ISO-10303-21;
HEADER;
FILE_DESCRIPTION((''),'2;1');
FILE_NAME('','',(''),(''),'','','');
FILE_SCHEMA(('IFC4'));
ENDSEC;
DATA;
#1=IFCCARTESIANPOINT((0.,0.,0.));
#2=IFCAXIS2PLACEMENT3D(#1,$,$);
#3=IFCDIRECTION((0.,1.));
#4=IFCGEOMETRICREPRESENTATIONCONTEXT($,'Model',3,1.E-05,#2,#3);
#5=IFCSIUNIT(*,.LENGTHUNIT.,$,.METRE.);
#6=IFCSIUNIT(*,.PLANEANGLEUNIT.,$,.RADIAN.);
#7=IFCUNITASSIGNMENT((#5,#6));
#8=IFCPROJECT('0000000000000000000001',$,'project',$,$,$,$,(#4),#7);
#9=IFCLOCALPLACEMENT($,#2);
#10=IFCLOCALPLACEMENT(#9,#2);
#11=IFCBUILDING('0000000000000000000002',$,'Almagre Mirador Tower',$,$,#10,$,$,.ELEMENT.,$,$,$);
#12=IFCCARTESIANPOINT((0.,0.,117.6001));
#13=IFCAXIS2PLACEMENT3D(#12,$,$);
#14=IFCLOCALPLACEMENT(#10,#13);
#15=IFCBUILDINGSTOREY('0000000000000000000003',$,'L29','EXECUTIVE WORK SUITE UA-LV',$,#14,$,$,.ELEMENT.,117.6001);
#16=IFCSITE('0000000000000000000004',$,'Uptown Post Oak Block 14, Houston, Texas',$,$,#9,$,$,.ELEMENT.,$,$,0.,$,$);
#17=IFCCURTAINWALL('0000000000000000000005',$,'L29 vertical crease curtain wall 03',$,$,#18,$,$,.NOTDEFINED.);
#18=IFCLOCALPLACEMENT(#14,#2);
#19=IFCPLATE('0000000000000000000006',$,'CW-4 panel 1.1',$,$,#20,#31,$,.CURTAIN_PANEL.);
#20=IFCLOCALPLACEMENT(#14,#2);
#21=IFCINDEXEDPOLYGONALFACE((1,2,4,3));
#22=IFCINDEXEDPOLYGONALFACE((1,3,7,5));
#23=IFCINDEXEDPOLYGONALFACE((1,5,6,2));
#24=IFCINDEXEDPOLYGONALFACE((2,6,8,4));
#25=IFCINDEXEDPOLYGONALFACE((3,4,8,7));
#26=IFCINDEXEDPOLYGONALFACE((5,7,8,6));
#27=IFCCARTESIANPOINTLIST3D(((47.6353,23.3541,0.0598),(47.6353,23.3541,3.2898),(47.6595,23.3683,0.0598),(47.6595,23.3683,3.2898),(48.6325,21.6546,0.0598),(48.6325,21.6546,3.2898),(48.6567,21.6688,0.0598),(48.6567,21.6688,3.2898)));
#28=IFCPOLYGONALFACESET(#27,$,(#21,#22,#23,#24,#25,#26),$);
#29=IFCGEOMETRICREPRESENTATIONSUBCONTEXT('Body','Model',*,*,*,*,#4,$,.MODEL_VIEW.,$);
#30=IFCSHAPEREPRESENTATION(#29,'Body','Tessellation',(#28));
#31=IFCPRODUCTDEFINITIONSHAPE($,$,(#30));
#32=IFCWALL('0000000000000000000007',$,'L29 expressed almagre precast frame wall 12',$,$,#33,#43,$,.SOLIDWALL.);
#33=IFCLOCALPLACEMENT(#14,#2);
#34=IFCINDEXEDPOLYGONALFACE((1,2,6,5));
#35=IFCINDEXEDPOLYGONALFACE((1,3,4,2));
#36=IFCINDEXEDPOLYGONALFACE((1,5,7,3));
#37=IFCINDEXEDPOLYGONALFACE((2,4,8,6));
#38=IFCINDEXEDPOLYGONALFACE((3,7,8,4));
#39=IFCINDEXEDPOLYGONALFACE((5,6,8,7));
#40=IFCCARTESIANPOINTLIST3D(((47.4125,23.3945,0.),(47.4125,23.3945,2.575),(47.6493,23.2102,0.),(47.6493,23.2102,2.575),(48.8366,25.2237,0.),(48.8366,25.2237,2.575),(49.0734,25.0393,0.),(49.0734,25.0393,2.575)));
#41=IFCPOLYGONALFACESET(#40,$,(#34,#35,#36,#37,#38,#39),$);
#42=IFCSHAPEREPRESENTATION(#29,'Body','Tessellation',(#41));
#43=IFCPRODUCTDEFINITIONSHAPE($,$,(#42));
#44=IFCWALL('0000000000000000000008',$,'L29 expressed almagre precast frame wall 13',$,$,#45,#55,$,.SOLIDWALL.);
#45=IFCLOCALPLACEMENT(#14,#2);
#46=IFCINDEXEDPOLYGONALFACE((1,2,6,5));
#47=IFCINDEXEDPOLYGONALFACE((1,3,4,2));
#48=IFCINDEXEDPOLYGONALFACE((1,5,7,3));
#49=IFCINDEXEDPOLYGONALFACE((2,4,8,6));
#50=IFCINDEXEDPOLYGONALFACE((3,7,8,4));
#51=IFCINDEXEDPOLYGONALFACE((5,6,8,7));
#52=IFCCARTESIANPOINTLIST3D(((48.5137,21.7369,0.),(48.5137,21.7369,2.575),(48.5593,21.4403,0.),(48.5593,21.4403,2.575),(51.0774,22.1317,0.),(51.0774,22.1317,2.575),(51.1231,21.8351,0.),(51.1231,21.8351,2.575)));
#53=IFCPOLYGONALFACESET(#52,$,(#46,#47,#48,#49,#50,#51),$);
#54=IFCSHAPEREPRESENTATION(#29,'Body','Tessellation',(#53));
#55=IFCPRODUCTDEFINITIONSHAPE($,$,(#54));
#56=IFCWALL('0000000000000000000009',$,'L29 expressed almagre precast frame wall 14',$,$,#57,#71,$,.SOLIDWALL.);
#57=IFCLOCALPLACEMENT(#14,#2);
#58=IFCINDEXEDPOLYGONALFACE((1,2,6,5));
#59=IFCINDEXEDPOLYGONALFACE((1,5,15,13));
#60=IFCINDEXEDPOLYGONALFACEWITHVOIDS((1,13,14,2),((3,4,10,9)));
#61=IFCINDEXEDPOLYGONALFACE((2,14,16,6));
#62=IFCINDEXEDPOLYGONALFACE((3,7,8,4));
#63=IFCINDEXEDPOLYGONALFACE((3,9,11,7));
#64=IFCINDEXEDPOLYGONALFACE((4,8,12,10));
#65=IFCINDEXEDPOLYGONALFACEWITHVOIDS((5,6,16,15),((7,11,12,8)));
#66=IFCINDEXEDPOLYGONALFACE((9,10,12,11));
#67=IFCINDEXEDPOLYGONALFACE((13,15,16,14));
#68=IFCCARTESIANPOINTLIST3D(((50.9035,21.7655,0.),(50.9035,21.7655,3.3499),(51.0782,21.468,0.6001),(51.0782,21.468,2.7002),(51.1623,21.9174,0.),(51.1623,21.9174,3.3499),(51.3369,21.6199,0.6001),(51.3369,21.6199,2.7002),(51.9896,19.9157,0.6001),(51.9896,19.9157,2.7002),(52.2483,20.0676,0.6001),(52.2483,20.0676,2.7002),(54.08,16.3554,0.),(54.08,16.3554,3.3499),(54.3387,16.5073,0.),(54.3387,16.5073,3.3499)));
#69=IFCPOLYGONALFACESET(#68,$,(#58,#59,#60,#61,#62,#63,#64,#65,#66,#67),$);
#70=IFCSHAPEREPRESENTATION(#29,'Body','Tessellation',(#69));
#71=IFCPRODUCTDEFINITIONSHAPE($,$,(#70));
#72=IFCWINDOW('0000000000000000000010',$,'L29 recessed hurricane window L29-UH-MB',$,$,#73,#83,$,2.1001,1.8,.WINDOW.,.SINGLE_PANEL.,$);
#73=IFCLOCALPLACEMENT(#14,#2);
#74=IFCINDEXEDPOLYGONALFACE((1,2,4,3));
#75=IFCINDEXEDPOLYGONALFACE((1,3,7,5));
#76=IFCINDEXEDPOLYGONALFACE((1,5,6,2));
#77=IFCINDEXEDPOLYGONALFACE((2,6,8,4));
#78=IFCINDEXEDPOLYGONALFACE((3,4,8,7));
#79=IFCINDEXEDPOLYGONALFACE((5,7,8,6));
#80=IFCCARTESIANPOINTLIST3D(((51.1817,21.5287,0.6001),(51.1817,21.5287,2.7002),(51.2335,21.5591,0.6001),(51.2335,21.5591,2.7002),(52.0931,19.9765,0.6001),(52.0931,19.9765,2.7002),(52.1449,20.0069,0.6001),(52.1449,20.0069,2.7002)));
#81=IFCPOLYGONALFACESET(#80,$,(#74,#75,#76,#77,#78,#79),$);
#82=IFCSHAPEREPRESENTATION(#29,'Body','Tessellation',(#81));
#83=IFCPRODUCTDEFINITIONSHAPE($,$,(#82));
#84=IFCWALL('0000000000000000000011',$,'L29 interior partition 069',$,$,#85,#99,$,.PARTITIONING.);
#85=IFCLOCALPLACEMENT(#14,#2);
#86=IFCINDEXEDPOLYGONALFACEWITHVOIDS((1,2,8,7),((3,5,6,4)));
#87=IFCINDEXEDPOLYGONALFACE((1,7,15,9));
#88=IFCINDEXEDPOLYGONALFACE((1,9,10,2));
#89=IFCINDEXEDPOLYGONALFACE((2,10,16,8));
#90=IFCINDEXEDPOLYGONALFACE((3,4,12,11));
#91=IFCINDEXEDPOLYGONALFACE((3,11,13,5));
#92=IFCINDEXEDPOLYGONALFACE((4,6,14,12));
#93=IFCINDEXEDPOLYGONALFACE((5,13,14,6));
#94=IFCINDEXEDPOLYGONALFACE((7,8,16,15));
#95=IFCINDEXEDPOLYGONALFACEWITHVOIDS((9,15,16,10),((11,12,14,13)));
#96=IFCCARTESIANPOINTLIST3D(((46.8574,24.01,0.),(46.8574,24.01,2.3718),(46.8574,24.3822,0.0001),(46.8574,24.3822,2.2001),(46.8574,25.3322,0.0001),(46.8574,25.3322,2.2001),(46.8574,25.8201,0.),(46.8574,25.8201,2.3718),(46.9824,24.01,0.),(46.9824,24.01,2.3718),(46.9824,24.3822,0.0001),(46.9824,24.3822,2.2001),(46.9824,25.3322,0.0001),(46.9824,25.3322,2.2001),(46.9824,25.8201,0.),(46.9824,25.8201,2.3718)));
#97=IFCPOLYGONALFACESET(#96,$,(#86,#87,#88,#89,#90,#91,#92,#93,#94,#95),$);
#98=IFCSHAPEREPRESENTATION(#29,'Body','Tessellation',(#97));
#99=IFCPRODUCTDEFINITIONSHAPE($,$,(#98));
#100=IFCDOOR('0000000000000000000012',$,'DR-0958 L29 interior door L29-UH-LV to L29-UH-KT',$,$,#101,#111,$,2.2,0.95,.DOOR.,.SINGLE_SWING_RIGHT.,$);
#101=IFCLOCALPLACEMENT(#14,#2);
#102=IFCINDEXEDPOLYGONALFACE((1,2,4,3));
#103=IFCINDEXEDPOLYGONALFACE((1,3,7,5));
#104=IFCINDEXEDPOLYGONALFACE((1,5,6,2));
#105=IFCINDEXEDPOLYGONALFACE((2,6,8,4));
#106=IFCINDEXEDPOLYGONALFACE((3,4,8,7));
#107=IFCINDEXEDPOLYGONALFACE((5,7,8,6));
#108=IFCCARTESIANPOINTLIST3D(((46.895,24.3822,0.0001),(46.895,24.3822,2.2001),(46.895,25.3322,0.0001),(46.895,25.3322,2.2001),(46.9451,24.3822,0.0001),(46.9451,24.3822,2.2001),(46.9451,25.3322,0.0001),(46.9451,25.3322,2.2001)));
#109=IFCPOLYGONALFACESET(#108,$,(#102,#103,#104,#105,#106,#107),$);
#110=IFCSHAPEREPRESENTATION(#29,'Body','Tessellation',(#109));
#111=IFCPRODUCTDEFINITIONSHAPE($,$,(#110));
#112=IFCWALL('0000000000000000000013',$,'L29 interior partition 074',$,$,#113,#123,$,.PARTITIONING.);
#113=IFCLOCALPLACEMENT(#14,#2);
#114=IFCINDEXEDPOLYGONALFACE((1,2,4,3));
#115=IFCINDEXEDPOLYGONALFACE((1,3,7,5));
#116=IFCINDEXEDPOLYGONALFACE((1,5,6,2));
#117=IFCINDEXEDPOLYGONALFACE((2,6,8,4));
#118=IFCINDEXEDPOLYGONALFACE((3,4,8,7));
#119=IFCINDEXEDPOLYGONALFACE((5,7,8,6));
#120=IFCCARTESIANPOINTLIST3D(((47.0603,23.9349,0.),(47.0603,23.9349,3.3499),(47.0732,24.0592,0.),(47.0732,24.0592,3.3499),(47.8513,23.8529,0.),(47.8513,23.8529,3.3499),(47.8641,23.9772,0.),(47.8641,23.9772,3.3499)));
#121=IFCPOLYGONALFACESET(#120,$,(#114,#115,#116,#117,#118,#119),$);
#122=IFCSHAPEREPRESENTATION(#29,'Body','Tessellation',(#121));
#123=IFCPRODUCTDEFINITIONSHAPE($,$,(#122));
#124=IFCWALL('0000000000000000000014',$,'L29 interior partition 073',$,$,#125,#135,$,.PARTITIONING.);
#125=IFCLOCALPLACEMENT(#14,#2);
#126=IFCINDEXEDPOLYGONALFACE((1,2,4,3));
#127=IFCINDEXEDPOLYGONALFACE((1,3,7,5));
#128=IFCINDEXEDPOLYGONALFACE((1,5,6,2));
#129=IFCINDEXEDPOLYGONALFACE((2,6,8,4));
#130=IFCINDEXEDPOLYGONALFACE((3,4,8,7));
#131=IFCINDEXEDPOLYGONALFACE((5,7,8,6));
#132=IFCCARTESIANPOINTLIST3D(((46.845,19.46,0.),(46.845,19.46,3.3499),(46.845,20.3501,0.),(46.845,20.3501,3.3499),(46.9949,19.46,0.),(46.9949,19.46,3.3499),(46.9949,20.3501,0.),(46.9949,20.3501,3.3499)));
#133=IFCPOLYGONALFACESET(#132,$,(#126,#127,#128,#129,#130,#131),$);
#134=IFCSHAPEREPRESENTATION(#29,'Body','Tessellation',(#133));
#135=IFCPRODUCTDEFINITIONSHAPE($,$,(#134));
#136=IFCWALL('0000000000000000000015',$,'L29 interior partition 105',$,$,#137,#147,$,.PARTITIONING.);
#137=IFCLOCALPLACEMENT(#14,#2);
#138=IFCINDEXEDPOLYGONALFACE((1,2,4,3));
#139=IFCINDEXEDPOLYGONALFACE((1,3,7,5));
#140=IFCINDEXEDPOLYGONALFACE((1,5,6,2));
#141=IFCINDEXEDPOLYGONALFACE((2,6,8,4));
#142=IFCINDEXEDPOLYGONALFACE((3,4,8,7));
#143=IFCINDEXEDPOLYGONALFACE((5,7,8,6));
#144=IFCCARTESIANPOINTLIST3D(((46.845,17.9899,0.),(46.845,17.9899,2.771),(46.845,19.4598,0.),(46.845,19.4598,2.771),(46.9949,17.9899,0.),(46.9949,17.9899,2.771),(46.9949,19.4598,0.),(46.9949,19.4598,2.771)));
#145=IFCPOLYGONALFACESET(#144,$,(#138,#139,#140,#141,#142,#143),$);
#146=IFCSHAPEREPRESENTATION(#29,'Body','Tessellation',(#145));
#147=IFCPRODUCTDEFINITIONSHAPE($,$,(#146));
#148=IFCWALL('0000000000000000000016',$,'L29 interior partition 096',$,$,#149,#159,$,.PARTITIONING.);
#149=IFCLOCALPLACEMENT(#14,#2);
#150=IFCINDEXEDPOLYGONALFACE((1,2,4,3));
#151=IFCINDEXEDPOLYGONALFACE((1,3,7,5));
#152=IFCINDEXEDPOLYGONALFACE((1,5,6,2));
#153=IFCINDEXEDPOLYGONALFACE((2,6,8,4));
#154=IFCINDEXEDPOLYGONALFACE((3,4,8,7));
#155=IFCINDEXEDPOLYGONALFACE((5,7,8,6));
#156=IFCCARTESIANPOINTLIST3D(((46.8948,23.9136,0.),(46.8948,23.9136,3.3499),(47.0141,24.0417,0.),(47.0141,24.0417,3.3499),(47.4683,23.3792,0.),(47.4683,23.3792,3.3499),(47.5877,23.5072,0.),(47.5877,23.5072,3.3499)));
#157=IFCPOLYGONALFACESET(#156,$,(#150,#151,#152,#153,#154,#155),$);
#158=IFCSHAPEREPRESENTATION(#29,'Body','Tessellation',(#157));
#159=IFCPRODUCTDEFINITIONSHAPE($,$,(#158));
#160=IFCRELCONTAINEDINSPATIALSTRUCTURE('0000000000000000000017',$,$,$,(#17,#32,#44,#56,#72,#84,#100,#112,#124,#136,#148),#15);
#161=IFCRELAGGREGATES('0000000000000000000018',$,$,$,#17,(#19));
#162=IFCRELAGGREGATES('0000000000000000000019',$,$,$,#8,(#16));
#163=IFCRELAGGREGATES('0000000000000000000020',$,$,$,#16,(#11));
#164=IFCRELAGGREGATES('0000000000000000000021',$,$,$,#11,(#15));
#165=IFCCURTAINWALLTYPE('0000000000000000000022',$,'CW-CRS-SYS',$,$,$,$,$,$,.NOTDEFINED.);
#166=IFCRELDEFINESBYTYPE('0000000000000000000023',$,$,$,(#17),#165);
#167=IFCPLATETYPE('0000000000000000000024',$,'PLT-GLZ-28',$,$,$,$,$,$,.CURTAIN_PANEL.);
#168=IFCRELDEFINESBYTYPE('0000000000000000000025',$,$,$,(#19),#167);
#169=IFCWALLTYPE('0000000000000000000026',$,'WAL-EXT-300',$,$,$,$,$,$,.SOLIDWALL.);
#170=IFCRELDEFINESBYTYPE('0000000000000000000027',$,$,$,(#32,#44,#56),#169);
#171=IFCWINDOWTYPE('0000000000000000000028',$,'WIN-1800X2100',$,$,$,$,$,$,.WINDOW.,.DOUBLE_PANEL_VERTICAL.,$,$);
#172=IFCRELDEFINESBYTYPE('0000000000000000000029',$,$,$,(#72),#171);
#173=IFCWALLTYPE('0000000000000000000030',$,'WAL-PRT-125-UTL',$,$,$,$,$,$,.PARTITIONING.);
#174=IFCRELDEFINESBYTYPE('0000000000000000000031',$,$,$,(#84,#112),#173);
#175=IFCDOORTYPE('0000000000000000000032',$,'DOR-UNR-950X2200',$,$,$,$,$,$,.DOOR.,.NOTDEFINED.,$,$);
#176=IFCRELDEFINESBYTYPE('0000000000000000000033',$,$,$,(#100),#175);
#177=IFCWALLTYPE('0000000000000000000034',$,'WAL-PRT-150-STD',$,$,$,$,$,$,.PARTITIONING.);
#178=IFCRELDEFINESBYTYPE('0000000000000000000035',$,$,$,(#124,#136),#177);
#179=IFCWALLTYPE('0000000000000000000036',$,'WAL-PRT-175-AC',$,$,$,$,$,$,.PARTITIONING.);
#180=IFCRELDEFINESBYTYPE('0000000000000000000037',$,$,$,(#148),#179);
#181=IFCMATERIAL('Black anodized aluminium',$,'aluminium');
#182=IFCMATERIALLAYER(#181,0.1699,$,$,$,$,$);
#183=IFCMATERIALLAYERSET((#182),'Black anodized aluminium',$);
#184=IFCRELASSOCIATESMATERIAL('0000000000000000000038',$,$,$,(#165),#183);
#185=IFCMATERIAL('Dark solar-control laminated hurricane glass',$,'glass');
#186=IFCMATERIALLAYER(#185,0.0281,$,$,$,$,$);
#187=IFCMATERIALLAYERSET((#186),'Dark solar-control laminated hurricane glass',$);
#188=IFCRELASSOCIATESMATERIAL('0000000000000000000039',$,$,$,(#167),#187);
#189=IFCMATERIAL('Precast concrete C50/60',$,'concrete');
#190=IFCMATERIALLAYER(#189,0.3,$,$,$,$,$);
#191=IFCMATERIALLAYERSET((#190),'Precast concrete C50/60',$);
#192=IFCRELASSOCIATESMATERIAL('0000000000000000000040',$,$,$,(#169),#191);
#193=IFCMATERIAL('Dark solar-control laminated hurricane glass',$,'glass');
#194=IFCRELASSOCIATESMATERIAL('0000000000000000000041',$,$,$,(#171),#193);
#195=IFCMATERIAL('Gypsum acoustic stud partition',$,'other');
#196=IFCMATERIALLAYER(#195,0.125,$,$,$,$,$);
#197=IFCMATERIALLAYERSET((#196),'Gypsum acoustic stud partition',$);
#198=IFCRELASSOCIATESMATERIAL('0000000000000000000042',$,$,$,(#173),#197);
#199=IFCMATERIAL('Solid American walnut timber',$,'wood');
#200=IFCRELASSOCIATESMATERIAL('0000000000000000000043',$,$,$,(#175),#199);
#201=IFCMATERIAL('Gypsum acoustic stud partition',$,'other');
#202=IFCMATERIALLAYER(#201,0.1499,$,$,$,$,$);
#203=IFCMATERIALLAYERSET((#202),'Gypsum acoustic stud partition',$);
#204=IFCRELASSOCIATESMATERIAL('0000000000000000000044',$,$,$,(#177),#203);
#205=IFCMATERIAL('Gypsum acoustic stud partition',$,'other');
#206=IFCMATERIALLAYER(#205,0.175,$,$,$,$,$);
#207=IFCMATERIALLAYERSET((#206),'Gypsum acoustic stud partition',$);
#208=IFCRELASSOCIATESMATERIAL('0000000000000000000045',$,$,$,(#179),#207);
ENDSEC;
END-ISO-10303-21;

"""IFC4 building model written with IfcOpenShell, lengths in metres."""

from ifc_helpers import new_model, si_unit, direction, frame, frame_2d, origin, origin_2d, place, context, subcontext, project, spatial, rectangle, extrude, material, layer, layer_set, type_object, element, fill, aggregate, save


model = new_model("IFC4")

# Units and contexts
model_context = context("Model", 3, precision=1e-05, world=origin(), true_north=direction((0.0, 1.0)))
body_context = subcontext(model_context, "Body", "Model", "MODEL_VIEW")
ifc_project = project(units=[si_unit("LENGTHUNIT", "METRE"), si_unit("PLANEANGLEUNIT", "RADIAN")], contexts=[model_context])

# Site, building, storey
site_placement = place(None, origin())
site = spatial("IfcSite", under=ifc_project, at=site_placement, Name="Uptown Post Oak Block 14, Houston, Texas", CompositionType="ELEMENT", RefElevation=0.0)
building_placement = place(site_placement, origin())
building = spatial("IfcBuilding", under=site, at=building_placement, Name="Almagre Mirador Tower", CompositionType="ELEMENT")
storey_placement = place(building_placement, frame((0.0, 0.0, 117.6001)))
storey = spatial("IfcBuildingStorey", under=building, at=storey_placement, Name="L29", Description="EXECUTIVE WORK SUITE UA-LV", CompositionType="ELEMENT", Elevation=117.6001)

# Curtain wall, plate
ifc_material_1 = material(Name="Black anodized aluminium", Category="aluminium")
ifc_layer_1 = layer(ifc_material_1, 0.1699)
ifc_layer_set_1 = layer_set([ifc_layer_1], Name="Black anodized aluminium")
curtain_wall_type = type_object("IfcCurtainWallType", Name="CW-CRS-SYS", PredefinedType="NOTDEFINED", material=ifc_layer_set_1)
curtain_wall_placement = place(storey_placement, origin())
curtain_wall = element("IfcCurtainWall", 1, at=curtain_wall_placement, inside=storey, type_object=curtain_wall_type, Name="L29 vertical crease curtain wall 03", PredefinedType="NOTDEFINED")
ifc_material_2 = material(Name="Dark solar-control laminated hurricane glass", Category="glass")
ifc_layer_2 = layer(ifc_material_2, 0.0281)
ifc_layer_set_2 = layer_set([ifc_layer_2], Name="Dark solar-control laminated hurricane glass")
plate_type = type_object("IfcPlateType", Name="PLT-GLZ-28", PredefinedType="CURTAIN_PANEL", material=ifc_layer_set_2)
plate_placement = place(storey_placement, frame((48.146, 22.5115, 0.0598), z_axis=(0.0, 0.0, 1.0), x_axis=(0.5061, -0.862475, 0.0)))
plate = element("IfcPlate", 2, at=plate_placement, type_object=plate_type, Name="CW-4 panel 1.1", PredefinedType="CURTAIN_PANEL", context=body_context, shape_type="SweptSolid", body=[
    extrude(rectangle(XDim=1.9705, YDim=0.0281, at=origin_2d()), origin(), (0.0, 0.0, 1.0), 3.23),
])
aggregate(curtain_wall, [plate])

# Walls
ifc_material_3 = material(Name="Precast concrete C50/60", Category="concrete")
ifc_layer_3 = layer(ifc_material_3, 0.3)
ifc_layer_set_3 = layer_set([ifc_layer_3], Name="Precast concrete C50/60")
wall_type_1 = type_object("IfcWallType", Name="WAL-EXT-300", PredefinedType="SOLIDWALL", material=ifc_layer_set_3)
wall_1_placement = place(storey_placement, frame((48.9551, 25.1316, 0.0), z_axis=(0.0, 0.0, 1.0), x_axis=(-0.614327, -0.789052, 0.0)))
element("IfcWall", 3, at=wall_1_placement, inside=storey, type_object=wall_type_1, Name="L29 expressed almagre precast frame wall 12", PredefinedType="SOLIDWALL", context=body_context, shape_type="SweptSolid", body=[
    extrude(rectangle(XDim=2.3181, YDim=0.3, at=frame_2d((1.1592, 0.0))), origin(), (0.0, 0.0, 1.0), 2.575),
])
wall_2_placement = place(storey_placement, frame((48.5366, 21.5886, 0.0), z_axis=(0.0, 0.0, 1.0), x_axis=(0.988351, 0.152192, 0.0)))
element("IfcWall", 4, at=wall_2_placement, inside=storey, type_object=wall_type_1, Name="L29 expressed almagre precast frame wall 13", PredefinedType="SOLIDWALL", context=body_context, shape_type="SweptSolid", body=[
    extrude(rectangle(XDim=2.594, YDim=0.3, at=frame_2d((1.2969, 0.0))), origin(), (0.0, 0.0, 1.0), 2.575),
])

# Wall, opening, window
wall_3_placement = place(storey_placement, frame((51.033, 21.8413, 0.0), z_axis=(0.0, 0.0, 1.0), x_axis=(0.506318, -0.862347, 0.0)))
wall_3 = element("IfcWall", 5, at=wall_3_placement, inside=storey, type_object=wall_type_1, Name="L29 expressed almagre precast frame wall 14", PredefinedType="SOLIDWALL", context=body_context, shape_type="SweptSolid", body=[
    extrude(rectangle(XDim=6.2737, YDim=0.3, at=frame_2d((3.1367, 0.0))), origin(), (0.0, 0.0, 1.0), 3.3499),
])
opening_1_placement = place(wall_3_placement, frame((0.345, 0.0, 0.6001)))
opening_1 = element("IfcOpeningElement", 6, at=opening_1_placement, cuts=wall_3, PredefinedType="OPENING", context=body_context, shape_type="SweptSolid", body=[
    extrude(rectangle(XDim=1.8, YDim=2.1001, at=frame_2d((0.8999, 1.05))), frame((0.0, 0.1599, 0.0), z_axis=(0.0, -1.0, 0.0), x_axis=(1.0, 0.0, 0.0)), (0.0, 0.0, 1.0), 0.32),
])
ifc_material_4 = material(Name="Dark solar-control laminated hurricane glass", Category="glass")
window_type = type_object("IfcWindowType", Name="WIN-1800X2100", PartitioningType="DOUBLE_PANEL_VERTICAL", PredefinedType="WINDOW", material=ifc_material_4)
window_placement = place(opening_1_placement, origin())
window = element("IfcWindow", 7, at=window_placement, inside=storey, type_object=window_type, Name="L29 recessed hurricane window L29-UH-MB", OverallHeight=2.1001, OverallWidth=1.8, PartitioningType="SINGLE_PANEL", PredefinedType="WINDOW", context=body_context, shape_type="SweptSolid", body=[
    extrude(rectangle(XDim=1.8, YDim=2.1001, at=frame_2d((0.8999, 1.05))), frame((0.0, 0.03, 0.0), z_axis=(0.0, -1.0, 0.0), x_axis=(1.0, 0.0, 0.0)), (0.0, 0.0, 1.0), 0.0601),
])
fill(opening_1, window)

# Wall, opening, door
ifc_material_5 = material(Name="Gypsum acoustic stud partition", Category="other")
ifc_layer_4 = layer(ifc_material_5, 0.125)
ifc_layer_set_4 = layer_set([ifc_layer_4], Name="Gypsum acoustic stud partition")
wall_type_2 = type_object("IfcWallType", Name="WAL-PRT-125-UTL", PredefinedType="PARTITIONING", material=ifc_layer_set_4)
wall_4_placement = place(storey_placement, frame((46.9199, 24.01, 0.0), z_axis=(0.0, 0.0, 1.0), x_axis=(0.0, 1.0, 0.0)))
wall_4 = element("IfcWall", 8, at=wall_4_placement, inside=storey, type_object=wall_type_2, Name="L29 interior partition 069", PredefinedType="PARTITIONING", context=body_context, shape_type="SweptSolid", body=[
    extrude(rectangle(XDim=1.8101, YDim=0.125, at=frame_2d((0.905, 0.0))), origin(), (0.0, 0.0, 1.0), 2.3718),
])
opening_2_placement = place(wall_4_placement, frame((0.3721, 0.0, 0.0)))
opening_2 = element("IfcOpeningElement", 9, at=opening_2_placement, cuts=wall_4, PredefinedType="OPENING", context=body_context, shape_type="SweptSolid", body=[
    extrude(rectangle(XDim=0.95, YDim=2.2, at=frame_2d((0.4751, 1.1001))), frame((0.0, 0.0725, 0.0), z_axis=(0.0, -1.0, 0.0), x_axis=(1.0, 0.0, 0.0)), (0.0, 0.0, 1.0), 0.145),
])
ifc_material_6 = material(Name="Solid American walnut timber", Category="wood")
door_type_1 = type_object("IfcDoorType", Name="DOR-UNR-950X2200", OperationType="NOTDEFINED", PredefinedType="DOOR", material=ifc_material_6)
door_1_placement = place(opening_2_placement, origin())
door_1 = element("IfcDoor", 10, at=door_1_placement, inside=storey, type_object=door_type_1, Name="DR-0958 L29 interior door L29-UH-LV to L29-UH-KT", OperationType="SINGLE_SWING_RIGHT", OverallHeight=2.2, OverallWidth=0.95, PredefinedType="DOOR", context=body_context, shape_type="SweptSolid", body=[
    extrude(rectangle(XDim=0.95, YDim=2.2, at=frame_2d((0.4751, 1.1001))), frame((0.0, 0.0249, 0.0), z_axis=(0.0, -1.0, 0.0), x_axis=(1.0, 0.0, 0.0)), (0.0, 0.0, 1.0), 0.05),
])
fill(opening_2, door_1)

# Wall
wall_5_placement = place(storey_placement, frame((47.0669, 23.9971, 0.0), z_axis=(0.0, 0.0, 1.0), x_axis=(0.994666, -0.103151, 0.0)))
element("IfcWall", 11, at=wall_5_placement, inside=storey, type_object=wall_type_2, Name="L29 interior partition 074", PredefinedType="PARTITIONING", context=body_context, shape_type="SweptSolid", body=[
    extrude(rectangle(XDim=0.7952, YDim=0.125, at=frame_2d((0.3975, 0.0))), origin(), (0.0, 0.0, 1.0), 3.3499),
])

# Shared definitions
ifc_material_7 = material(Name="Gypsum acoustic stud partition", Category="other")
ifc_layer_5 = layer(ifc_material_7, 0.1499)
ifc_layer_set_5 = layer_set([ifc_layer_5], Name="Gypsum acoustic stud partition")
wall_type_3 = type_object("IfcWallType", Name="WAL-PRT-150-STD", PredefinedType="PARTITIONING", material=ifc_layer_set_5)

# Walls
wall_6_placement = place(storey_placement, frame((46.9199, 19.46, 0.0), z_axis=(0.0, 0.0, 1.0), x_axis=(0.0, 1.0, 0.0)))
element("IfcWall", 12, at=wall_6_placement, inside=storey, type_object=wall_type_3, Name="L29 interior partition 073", PredefinedType="PARTITIONING", context=body_context, shape_type="SweptSolid", body=[
    extrude(rectangle(XDim=0.8901, YDim=0.1499, at=frame_2d((0.4451, 0.0))), origin(), (0.0, 0.0, 1.0), 3.3499),
])
wall_7_placement = place(storey_placement, frame((46.9199, 17.99, 0.0), z_axis=(0.0, 0.0, 1.0), x_axis=(0.0, 1.0, 0.0)))
element("IfcWall", 13, at=wall_7_placement, inside=storey, type_object=wall_type_3, Name="L29 interior partition 105", PredefinedType="PARTITIONING", context=body_context, shape_type="SweptSolid", body=[
    extrude(rectangle(XDim=1.47, YDim=0.1499, at=frame_2d((0.7349, 0.0))), origin(), (0.0, 0.0, 1.0), 2.771),
])
ifc_material_8 = material(Name="Gypsum acoustic stud partition", Category="other")
ifc_layer_6 = layer(ifc_material_8, 0.175)
ifc_layer_set_6 = layer_set([ifc_layer_6], Name="Gypsum acoustic stud partition")
wall_type_4 = type_object("IfcWallType", Name="WAL-PRT-175-AC", PredefinedType="PARTITIONING", material=ifc_layer_set_6)
wall_8_placement = place(storey_placement, frame((47.5281, 23.4431, 0.0), z_axis=(0.0, 0.0, 1.0), x_axis=(-0.731583, 0.681752, 0.0)))
element("IfcWall", 14, at=wall_8_placement, inside=storey, type_object=wall_type_4, Name="L29 interior partition 096", PredefinedType="PARTITIONING", context=body_context, shape_type="SweptSolid", body=[
    extrude(rectangle(XDim=0.7839, YDim=0.175, at=frame_2d((0.3921, 0.0))), origin(), (0.0, 0.0, 1.0), 3.3499),
])

save(model, "model.ifc")
